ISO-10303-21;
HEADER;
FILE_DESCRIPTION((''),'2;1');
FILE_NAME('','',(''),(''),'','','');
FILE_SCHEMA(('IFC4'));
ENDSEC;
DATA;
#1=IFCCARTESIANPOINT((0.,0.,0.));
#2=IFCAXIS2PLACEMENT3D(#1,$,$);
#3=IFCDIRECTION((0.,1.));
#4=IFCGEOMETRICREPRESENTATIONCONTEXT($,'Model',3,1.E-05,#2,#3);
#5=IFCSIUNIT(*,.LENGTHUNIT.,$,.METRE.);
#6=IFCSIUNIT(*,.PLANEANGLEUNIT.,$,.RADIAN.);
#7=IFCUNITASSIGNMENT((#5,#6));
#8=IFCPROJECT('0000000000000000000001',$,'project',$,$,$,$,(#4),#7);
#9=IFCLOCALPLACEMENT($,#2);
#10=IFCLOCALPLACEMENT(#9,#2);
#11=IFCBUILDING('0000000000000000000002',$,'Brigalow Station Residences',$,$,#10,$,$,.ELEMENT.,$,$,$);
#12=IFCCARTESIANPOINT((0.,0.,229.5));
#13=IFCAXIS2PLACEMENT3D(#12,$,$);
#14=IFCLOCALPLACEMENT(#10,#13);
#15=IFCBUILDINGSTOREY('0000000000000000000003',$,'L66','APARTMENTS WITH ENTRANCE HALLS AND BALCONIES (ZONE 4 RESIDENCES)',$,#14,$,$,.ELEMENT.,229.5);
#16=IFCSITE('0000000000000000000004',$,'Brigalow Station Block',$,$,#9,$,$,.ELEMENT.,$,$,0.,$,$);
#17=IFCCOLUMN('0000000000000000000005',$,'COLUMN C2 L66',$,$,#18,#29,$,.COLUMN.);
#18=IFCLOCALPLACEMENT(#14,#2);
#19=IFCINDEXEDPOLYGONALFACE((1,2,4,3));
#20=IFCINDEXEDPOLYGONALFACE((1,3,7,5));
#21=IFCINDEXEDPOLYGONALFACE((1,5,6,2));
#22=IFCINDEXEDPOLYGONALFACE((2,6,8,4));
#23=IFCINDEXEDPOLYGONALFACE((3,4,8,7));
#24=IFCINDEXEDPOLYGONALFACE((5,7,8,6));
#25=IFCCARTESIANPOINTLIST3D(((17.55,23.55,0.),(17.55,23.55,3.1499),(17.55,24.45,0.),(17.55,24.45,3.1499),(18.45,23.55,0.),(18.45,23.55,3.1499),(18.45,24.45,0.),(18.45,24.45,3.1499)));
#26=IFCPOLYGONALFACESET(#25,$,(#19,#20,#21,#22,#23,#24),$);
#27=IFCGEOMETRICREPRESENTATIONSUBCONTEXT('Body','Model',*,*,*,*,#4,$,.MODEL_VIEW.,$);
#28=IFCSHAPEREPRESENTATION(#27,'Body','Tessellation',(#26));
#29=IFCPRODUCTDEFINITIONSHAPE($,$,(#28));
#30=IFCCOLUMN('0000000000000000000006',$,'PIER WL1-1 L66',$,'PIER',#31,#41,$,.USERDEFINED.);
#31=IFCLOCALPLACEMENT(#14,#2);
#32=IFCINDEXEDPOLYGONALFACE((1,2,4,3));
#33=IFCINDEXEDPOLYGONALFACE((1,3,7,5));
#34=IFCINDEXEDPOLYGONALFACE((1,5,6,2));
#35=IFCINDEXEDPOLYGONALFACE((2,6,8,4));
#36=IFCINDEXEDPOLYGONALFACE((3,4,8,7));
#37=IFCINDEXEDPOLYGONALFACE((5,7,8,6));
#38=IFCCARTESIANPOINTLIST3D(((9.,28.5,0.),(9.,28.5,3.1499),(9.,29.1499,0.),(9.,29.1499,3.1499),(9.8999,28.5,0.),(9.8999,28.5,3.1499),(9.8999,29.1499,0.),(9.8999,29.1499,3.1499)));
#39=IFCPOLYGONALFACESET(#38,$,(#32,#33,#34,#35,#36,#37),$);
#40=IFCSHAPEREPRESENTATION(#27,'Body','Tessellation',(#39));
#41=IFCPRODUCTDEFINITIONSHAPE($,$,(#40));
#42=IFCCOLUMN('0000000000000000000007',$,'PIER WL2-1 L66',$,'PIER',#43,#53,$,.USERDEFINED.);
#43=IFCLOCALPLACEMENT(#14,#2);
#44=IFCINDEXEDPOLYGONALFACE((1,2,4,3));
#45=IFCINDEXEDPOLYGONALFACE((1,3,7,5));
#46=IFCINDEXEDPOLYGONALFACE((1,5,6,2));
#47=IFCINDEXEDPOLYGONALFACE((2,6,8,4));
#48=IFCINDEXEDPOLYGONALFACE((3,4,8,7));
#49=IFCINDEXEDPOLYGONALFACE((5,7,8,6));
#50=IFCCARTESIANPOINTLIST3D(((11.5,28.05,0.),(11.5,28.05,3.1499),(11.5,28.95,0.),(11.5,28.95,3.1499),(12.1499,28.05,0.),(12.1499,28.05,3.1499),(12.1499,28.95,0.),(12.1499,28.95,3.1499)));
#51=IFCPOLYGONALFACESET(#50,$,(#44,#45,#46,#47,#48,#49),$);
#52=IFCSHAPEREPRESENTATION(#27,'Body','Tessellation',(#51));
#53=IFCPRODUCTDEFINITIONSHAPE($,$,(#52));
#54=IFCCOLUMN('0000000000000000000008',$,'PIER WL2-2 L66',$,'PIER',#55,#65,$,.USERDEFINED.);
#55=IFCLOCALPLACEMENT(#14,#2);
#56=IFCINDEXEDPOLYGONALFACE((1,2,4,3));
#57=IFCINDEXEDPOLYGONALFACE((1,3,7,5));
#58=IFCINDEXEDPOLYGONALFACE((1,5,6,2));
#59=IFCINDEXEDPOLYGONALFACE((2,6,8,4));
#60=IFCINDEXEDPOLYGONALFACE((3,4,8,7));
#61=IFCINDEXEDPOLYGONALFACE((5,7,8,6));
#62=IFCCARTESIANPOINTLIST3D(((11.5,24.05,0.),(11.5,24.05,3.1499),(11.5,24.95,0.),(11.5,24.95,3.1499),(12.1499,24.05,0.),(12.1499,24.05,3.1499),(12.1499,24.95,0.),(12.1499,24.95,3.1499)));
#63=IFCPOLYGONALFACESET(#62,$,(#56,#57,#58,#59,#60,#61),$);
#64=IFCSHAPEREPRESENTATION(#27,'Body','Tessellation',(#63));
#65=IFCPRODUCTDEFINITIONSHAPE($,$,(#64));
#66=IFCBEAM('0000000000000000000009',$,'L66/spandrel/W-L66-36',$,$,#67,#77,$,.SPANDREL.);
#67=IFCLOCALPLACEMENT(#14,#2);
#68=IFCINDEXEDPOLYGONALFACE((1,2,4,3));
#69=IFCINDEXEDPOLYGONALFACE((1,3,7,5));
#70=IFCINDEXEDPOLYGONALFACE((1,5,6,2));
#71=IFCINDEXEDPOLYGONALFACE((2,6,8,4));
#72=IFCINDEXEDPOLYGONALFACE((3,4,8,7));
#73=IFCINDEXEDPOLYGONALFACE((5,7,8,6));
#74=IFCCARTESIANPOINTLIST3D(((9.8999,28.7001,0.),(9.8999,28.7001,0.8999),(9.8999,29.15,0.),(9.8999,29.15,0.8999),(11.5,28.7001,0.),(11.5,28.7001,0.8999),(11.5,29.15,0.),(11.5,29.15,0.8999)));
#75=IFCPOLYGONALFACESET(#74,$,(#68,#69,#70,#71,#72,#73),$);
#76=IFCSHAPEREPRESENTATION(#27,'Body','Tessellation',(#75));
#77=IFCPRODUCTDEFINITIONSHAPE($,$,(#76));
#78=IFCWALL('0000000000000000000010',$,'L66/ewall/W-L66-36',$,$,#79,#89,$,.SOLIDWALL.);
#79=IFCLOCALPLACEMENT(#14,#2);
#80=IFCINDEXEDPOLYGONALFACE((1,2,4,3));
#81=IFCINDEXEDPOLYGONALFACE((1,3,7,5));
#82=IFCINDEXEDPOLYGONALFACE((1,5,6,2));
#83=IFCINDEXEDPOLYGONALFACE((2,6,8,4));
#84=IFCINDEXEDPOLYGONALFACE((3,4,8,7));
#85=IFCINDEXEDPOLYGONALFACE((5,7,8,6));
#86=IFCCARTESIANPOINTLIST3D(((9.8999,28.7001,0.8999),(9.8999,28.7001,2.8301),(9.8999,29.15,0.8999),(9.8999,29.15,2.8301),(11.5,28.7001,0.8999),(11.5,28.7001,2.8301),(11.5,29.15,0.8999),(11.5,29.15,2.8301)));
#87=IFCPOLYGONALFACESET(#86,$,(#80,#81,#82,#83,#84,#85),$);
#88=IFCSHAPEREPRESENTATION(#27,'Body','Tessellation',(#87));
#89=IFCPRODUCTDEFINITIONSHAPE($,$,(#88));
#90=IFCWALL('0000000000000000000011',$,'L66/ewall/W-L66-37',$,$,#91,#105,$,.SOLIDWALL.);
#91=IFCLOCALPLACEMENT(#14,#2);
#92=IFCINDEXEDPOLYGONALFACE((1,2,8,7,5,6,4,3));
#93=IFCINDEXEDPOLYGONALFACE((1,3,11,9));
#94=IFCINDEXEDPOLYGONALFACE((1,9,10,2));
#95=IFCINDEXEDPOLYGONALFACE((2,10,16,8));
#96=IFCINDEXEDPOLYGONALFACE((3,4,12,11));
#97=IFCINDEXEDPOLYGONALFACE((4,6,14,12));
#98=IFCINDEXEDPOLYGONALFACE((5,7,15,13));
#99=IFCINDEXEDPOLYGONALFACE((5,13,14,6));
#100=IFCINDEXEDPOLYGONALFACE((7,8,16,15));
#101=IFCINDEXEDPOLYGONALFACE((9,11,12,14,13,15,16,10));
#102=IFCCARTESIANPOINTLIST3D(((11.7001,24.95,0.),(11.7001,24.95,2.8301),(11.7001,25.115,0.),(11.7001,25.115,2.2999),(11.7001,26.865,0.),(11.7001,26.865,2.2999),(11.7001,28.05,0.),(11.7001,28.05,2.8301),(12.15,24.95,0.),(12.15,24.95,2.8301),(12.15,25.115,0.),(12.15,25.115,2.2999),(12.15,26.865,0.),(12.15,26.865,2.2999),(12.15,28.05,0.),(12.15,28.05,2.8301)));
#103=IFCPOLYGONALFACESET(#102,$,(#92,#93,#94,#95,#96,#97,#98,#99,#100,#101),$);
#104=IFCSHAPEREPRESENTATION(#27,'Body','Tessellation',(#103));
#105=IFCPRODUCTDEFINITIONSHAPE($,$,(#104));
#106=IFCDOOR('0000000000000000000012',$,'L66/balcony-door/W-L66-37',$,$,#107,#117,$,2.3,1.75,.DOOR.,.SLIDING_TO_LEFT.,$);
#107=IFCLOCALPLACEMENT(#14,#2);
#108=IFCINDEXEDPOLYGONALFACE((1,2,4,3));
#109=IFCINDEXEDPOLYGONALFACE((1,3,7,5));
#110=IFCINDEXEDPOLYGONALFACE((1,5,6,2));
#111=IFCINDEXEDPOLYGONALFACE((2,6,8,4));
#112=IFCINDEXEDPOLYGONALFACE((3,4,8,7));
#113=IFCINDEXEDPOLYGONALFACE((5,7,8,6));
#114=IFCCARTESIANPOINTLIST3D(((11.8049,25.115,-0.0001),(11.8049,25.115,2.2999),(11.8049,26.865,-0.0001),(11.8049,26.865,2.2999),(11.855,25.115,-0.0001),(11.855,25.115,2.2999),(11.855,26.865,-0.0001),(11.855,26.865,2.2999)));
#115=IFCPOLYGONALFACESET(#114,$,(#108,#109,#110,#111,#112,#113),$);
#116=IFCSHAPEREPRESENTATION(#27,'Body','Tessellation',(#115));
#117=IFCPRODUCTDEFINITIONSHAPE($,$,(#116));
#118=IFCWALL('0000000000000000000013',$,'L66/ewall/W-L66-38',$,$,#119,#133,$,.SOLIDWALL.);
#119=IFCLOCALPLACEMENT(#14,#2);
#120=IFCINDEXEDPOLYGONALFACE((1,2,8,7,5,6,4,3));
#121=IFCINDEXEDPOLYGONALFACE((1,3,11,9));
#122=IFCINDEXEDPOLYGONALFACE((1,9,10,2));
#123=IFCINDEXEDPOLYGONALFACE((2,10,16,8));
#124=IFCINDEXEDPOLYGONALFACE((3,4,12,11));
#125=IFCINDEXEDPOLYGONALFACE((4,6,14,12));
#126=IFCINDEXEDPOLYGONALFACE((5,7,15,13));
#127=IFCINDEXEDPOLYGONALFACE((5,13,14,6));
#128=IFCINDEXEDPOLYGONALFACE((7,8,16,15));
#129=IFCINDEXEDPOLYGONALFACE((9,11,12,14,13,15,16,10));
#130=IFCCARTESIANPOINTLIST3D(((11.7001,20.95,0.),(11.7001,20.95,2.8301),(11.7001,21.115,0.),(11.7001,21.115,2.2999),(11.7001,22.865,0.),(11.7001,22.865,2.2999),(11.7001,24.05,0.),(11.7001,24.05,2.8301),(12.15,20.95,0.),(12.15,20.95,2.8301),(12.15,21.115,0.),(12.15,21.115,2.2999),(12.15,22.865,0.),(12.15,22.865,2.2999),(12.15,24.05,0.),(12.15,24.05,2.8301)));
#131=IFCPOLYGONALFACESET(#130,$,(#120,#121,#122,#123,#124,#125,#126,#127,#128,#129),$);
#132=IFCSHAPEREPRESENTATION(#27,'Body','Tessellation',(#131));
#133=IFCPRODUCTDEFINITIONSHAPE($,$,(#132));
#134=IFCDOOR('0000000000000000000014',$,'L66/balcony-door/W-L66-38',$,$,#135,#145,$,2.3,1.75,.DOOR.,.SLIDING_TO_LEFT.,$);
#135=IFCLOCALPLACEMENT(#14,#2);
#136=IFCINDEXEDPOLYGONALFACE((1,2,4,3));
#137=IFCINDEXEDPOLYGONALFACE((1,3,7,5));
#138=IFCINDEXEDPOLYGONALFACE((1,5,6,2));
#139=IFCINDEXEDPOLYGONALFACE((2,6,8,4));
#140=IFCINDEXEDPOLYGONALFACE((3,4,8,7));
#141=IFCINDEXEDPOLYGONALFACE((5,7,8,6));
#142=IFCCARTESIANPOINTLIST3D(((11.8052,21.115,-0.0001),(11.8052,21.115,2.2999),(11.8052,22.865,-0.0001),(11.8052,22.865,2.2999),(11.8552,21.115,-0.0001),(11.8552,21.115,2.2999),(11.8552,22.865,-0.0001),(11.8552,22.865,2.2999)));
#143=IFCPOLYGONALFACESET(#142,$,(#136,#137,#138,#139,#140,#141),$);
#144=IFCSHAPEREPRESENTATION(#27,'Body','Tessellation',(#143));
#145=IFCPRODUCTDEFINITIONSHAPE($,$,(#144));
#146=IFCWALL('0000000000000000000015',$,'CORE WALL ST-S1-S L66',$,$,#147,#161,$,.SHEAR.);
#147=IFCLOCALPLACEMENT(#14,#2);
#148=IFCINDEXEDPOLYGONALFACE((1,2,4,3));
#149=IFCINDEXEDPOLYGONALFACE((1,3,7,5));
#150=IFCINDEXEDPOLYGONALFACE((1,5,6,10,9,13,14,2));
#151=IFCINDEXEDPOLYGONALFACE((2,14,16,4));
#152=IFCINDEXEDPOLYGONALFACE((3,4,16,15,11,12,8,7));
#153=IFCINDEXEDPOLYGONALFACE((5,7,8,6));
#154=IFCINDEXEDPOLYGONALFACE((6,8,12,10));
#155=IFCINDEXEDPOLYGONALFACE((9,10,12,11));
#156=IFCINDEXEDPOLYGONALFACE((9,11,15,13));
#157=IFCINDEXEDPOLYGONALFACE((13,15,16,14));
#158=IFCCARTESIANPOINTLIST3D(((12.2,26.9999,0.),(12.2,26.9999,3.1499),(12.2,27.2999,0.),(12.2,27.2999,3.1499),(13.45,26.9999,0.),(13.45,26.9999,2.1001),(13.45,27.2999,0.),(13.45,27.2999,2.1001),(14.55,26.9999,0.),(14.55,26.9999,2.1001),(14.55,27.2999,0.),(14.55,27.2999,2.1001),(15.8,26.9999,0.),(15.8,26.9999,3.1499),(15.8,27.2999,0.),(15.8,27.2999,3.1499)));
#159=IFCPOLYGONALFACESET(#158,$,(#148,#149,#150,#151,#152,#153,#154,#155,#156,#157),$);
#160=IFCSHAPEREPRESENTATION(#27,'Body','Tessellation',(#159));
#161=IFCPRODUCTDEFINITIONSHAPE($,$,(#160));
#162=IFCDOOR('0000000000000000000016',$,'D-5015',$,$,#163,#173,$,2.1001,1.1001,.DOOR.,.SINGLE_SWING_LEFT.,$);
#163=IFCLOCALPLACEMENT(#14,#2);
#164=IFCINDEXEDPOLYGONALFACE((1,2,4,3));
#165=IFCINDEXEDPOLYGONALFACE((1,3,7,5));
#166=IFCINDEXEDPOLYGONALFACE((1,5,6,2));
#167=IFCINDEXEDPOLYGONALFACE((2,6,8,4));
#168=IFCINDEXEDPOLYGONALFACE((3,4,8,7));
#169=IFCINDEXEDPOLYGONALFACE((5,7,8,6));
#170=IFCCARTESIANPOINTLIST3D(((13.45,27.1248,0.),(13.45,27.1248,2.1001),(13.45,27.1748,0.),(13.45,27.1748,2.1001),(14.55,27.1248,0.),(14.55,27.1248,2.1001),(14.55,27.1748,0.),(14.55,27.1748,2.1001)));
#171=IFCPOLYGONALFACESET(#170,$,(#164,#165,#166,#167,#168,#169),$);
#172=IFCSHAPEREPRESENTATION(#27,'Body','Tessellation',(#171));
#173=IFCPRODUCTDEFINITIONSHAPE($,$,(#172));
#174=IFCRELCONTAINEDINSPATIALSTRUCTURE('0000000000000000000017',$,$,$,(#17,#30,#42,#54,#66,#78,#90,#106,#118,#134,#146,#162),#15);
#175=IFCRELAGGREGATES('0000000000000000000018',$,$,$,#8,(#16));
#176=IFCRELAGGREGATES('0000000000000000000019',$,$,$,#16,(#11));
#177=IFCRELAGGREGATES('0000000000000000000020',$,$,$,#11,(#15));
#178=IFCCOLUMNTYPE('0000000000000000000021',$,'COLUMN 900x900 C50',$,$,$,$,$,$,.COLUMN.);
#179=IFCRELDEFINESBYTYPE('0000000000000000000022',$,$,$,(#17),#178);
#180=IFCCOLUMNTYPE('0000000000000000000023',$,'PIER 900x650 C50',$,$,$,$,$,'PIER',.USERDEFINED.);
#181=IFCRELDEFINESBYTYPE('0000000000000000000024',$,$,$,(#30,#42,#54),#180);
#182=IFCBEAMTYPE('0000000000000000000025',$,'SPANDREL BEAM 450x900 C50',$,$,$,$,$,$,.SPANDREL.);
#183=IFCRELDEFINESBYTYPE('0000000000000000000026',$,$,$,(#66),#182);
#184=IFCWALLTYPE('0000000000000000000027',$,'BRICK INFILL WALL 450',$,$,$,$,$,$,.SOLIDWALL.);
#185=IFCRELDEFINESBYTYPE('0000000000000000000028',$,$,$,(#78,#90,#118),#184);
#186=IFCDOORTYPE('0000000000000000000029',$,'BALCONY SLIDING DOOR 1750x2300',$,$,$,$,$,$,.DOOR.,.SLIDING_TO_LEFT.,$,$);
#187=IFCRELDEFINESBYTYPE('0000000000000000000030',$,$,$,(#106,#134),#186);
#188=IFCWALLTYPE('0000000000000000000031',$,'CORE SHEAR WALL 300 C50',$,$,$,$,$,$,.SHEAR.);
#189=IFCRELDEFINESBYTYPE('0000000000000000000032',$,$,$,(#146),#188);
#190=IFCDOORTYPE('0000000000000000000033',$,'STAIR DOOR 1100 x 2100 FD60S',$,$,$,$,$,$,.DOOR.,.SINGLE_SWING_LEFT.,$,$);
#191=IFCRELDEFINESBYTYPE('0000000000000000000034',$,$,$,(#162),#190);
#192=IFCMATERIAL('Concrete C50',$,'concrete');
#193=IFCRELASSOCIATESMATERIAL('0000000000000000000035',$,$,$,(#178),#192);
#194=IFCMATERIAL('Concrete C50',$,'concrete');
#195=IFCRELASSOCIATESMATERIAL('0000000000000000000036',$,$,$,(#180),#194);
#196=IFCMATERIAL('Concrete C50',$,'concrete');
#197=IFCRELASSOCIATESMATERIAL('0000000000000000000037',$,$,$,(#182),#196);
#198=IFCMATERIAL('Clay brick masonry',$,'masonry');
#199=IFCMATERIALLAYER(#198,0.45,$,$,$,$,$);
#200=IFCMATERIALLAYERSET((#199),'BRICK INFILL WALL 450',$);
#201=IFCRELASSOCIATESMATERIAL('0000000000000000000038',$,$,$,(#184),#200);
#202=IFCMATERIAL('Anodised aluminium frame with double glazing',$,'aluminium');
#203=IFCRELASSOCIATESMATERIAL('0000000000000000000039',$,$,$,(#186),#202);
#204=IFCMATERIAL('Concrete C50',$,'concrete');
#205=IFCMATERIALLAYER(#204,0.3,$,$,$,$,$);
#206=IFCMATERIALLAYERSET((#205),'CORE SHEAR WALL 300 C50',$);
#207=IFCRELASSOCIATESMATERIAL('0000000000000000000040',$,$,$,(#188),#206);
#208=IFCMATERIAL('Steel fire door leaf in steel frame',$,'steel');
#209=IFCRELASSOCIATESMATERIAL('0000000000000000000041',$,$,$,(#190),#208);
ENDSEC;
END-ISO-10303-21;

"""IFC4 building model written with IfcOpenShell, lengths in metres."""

from ifc_helpers import new_model, si_unit, direction, frame, frame_2d, origin, origin_2d, place, context, subcontext, project, spatial, rectangle, extrude, material, layer, layer_set, material_profile, profile_set, type_object, element, fill, save


model = new_model("IFC4")

# Units and contexts
model_context = context("Model", 3, precision=1e-05, world=origin(), true_north=direction((0.0, 1.0)))
body_context = subcontext(model_context, "Body", "Model", "MODEL_VIEW")
ifc_project = project(units=[si_unit("LENGTHUNIT", "METRE"), si_unit("PLANEANGLEUNIT", "RADIAN")], contexts=[model_context])

# Site, building, storey
site_placement = place(None, origin())
site = spatial("IfcSite", under=ifc_project, at=site_placement, Name="Brigalow Station Block", CompositionType="ELEMENT", RefElevation=0.0)
building_placement = place(site_placement, origin())
building = spatial("IfcBuilding", under=site, at=building_placement, Name="Brigalow Station Residences", CompositionType="ELEMENT")
storey_placement = place(building_placement, frame((0.0, 0.0, 229.5)))
storey = spatial("IfcBuildingStorey", under=building, at=storey_placement, Name="L66", Description="APARTMENTS WITH ENTRANCE HALLS AND BALCONIES (ZONE 4 RESIDENCES)", CompositionType="ELEMENT", Elevation=229.5)

# Columns
ifc_material_1 = material(Name="Concrete C50", Category="concrete")
ifc_material_profile_1 = material_profile(ifc_material_1, rectangle(XDim=0.8999, YDim=0.8999, at=origin_2d()), Name="RC900x900")
ifc_profile_set_1 = profile_set([ifc_material_profile_1], Name="Concrete C50")
column_type_1 = type_object("IfcColumnType", Name="COLUMN 900x900 C50", PredefinedType="COLUMN", material=ifc_profile_set_1)
column_placement = place(storey_placement, frame((18.0, 24.0, 0.0), z_axis=(0.0, 0.0, 1.0), x_axis=(1.0, 0.0, 0.0)))
element("IfcColumn", 1, at=column_placement, inside=storey, type_object=column_type_1, Name="COLUMN C2 L66", PredefinedType="COLUMN", context=body_context, shape_type="SweptSolid", body=[
    extrude(rectangle(XDim=0.8999, YDim=0.8999, at=origin_2d()), origin(), (0.0, 0.0, 1.0), 3.1499),
])
ifc_material_2 = material(Name="Concrete C50", Category="concrete")
ifc_material_profile_2 = material_profile(ifc_material_2, rectangle(XDim=0.8999, YDim=0.6499, at=origin_2d()), Name="RC900x650")
ifc_profile_set_2 = profile_set([ifc_material_profile_2], Name="Concrete C50")
column_type_2 = type_object("IfcColumnType", Name="PIER 900x650 C50", ElementType="PIER", PredefinedType="USERDEFINED", material=ifc_profile_set_2)
for number, where, z_axis, x_axis, name in (
    (2, (9.45, 28.825, 0.0), (0.0, 0.0, 1.0), (1.0, 0.0, 0.0), "PIER WL1-1 L66"),
    (3, (11.825, 28.5, 0.0), (0.0, 0.0, 1.0), (0.0, -1.0, 0.0), "PIER WL2-1 L66"),
    (4, (11.825, 24.5, 0.0), (0.0, 0.0, 1.0), (0.0, -1.0, 0.0), "PIER WL2-2 L66"),
):
    element("IfcColumn", number, at=place(storey_placement, frame(where, z_axis=z_axis, x_axis=x_axis)), inside=storey, type_object=column_type_2, Name=name, ObjectType="PIER", PredefinedType="USERDEFINED", context=body_context, shape_type="SweptSolid", body=[
        extrude(rectangle(XDim=0.8999, YDim=0.6499, at=origin_2d()), origin(), (0.0, 0.0, 1.0), 3.1499),
    ])

# Beam
ifc_material_3 = material(Name="Concrete C50", Category="concrete")
ifc_material_profile_3 = material_profile(ifc_material_3, rectangle(XDim=0.45, YDim=0.8999, at=origin_2d()), Name="RC450x900")
ifc_profile_set_3 = profile_set([ifc_material_profile_3], Name="Concrete C50")
beam_type = type_object("IfcBeamType", Name="SPANDREL BEAM 450x900 C50", PredefinedType="SPANDREL", material=ifc_profile_set_3)
beam_placement = place(storey_placement, frame((9.8999, 28.925, 0.45), z_axis=(1.0, 0.0, 0.0), x_axis=(0.0, 1.0, 0.0)))
element("IfcBeam", 5, at=beam_placement, inside=storey, type_object=beam_type, Name="L66/spandrel/W-L66-36", PredefinedType="SPANDREL", context=body_context, shape_type="SweptSolid", body=[
    extrude(rectangle(XDim=0.45, YDim=0.8999, at=origin_2d()), origin(), (0.0, 0.0, 1.0), 1.6001),
])

# Wall
ifc_material_4 = material(Name="Clay brick masonry", Category="masonry")
ifc_layer_1 = layer(ifc_material_4, 0.45)
ifc_layer_set_1 = layer_set([ifc_layer_1], Name="BRICK INFILL WALL 450")
wall_type_1 = type_object("IfcWallType", Name="BRICK INFILL WALL 450", PredefinedType="SOLIDWALL", material=ifc_layer_set_1)
wall_1_placement = place(storey_placement, frame((9.8999, 28.925, 0.8999), z_axis=(0.0, 0.0, 1.0), x_axis=(1.0, 0.0, 0.0)))
element("IfcWall", 6, at=wall_1_placement, inside=storey, type_object=wall_type_1, Name="L66/ewall/W-L66-36", PredefinedType="SOLIDWALL", context=body_context, shape_type="SweptSolid", body=[
    extrude(rectangle(XDim=1.6001, YDim=0.45, at=frame_2d((0.8, 0.0))), origin(), (0.0, 0.0, 1.0), 1.9302),
])

# Walls, openings, doors
wall_2_placement = place(storey_placement, frame((11.925, 28.05, 0.0), z_axis=(0.0, 0.0, 1.0), x_axis=(0.0, -1.0, 0.0)))
wall_2 = element("IfcWall", 7, at=wall_2_placement, inside=storey, type_object=wall_type_1, Name="L66/ewall/W-L66-37", PredefinedType="SOLIDWALL", context=body_context, shape_type="SweptSolid", body=[
    extrude(rectangle(XDim=3.1001, YDim=0.45, at=frame_2d((1.55, 0.0))), origin(), (0.0, 0.0, 1.0), 2.8301),
])
opening_1_placement = place(wall_2_placement, frame((1.1851, 0.0, 0.0)))
opening_1 = element("IfcOpeningElement", 8, at=opening_1_placement, cuts=wall_2, PredefinedType="OPENING", context=body_context, shape_type="SweptSolid", body=[
    extrude(rectangle(XDim=1.75, YDim=2.3, at=frame_2d((0.875, 1.1499))), frame((0.0, 0.2349, 0.0), z_axis=(0.0, -1.0, 0.0), x_axis=(1.0, 0.0, 0.0)), (0.0, 0.0, 1.0), 0.47),
])
ifc_material_5 = material(Name="Anodised aluminium frame with double glazing", Category="aluminium")
door_type_1 = type_object("IfcDoorType", Name="BALCONY SLIDING DOOR 1750x2300", OperationType="SLIDING_TO_LEFT", PredefinedType="DOOR", material=ifc_material_5)
door_1_placement = place(opening_1_placement, frame((1.75, -0.1899, 0.0), z_axis=(0.0, 0.0, 1.0), x_axis=(-1.0, 0.0, 0.0)))
door_1 = element("IfcDoor", 9, at=door_1_placement, inside=storey, type_object=door_type_1, Name="L66/balcony-door/W-L66-37", OperationType="SLIDING_TO_LEFT", OverallHeight=2.3, OverallWidth=1.75, PredefinedType="DOOR", context=body_context, shape_type="SweptSolid", body=[
    extrude(rectangle(XDim=1.75, YDim=2.3, at=frame_2d((0.875, 1.1499))), frame((0.0, -0.0698, 0.0), z_axis=(0.0, -1.0, 0.0), x_axis=(1.0, 0.0, 0.0)), (0.0, 0.0, 1.0), 0.05),
])
fill(opening_1, door_1)
wall_3_placement = place(storey_placement, frame((11.925, 24.05, 0.0), z_axis=(0.0, 0.0, 1.0), x_axis=(0.0, -1.0, 0.0)))
wall_3 = element("IfcWall", 10, at=wall_3_placement, inside=storey, type_object=wall_type_1, Name="L66/ewall/W-L66-38", PredefinedType="SOLIDWALL", context=body_context, shape_type="SweptSolid", body=[
    extrude(rectangle(XDim=3.1001, YDim=0.45, at=frame_2d((1.55, 0.0))), origin(), (0.0, 0.0, 1.0), 2.8301),
])
opening_2_placement = place(wall_3_placement, frame((1.1851, 0.0, 0.0)))
opening_2 = element("IfcOpeningElement", 11, at=opening_2_placement, cuts=wall_3, PredefinedType="OPENING", context=body_context, shape_type="SweptSolid", body=[
    extrude(rectangle(XDim=1.75, YDim=2.3, at=frame_2d((0.875, 1.1499))), frame((0.0, 0.2349, 0.0), z_axis=(0.0, -1.0, 0.0), x_axis=(1.0, 0.0, 0.0)), (0.0, 0.0, 1.0), 0.47),
])
door_2_placement = place(opening_2_placement, origin())
door_2 = element("IfcDoor", 12, at=door_2_placement, inside=storey, type_object=door_type_1, Name="L66/balcony-door/W-L66-38", OperationType="SLIDING_TO_LEFT", OverallHeight=2.3, OverallWidth=1.75, PredefinedType="DOOR", context=body_context, shape_type="SweptSolid", body=[
    extrude(rectangle(XDim=1.75, YDim=2.3, at=frame_2d((0.875, 1.1499))), frame((0.0, -0.0698, 0.0), z_axis=(0.0, -1.0, 0.0), x_axis=(1.0, 0.0, 0.0)), (0.0, 0.0, 1.0), 0.05),
])
fill(opening_2, door_2)
ifc_material_6 = material(Name="Concrete C50", Category="concrete")
ifc_layer_2 = layer(ifc_material_6, 0.3)
ifc_layer_set_2 = layer_set([ifc_layer_2], Name="CORE SHEAR WALL 300 C50")
wall_type_2 = type_object("IfcWallType", Name="CORE SHEAR WALL 300 C50", PredefinedType="SHEAR", material=ifc_layer_set_2)
wall_4_placement = place(storey_placement, frame((12.2, 27.1499, 0.0), z_axis=(0.0, 0.0, 1.0), x_axis=(1.0, 0.0, 0.0)))
wall_4 = element("IfcWall", 13, at=wall_4_placement, inside=storey, type_object=wall_type_2, Name="CORE WALL ST-S1-S L66", PredefinedType="SHEAR", context=body_context, shape_type="SweptSolid", body=[
    extrude(rectangle(XDim=3.6001, YDim=0.3, at=frame_2d((1.8, 0.0))), origin(), (0.0, 0.0, 1.0), 3.1499),
])
opening_3_placement = place(wall_4_placement, frame((1.25, 0.0, 0.0)))
opening_3 = element("IfcOpeningElement", 14, at=opening_3_placement, cuts=wall_4, PredefinedType="OPENING", context=body_context, shape_type="SweptSolid", body=[
    extrude(rectangle(XDim=1.1001, YDim=2.1001, at=frame_2d((0.55, 1.05))), frame((0.0, 0.1602, 0.0), z_axis=(0.0, -1.0, 0.0), x_axis=(1.0, 0.0, 0.0)), (0.0, 0.0, 1.0), 0.3201),
])
ifc_material_7 = material(Name="Steel fire door leaf in steel frame", Category="steel")
door_type_2 = type_object("IfcDoorType", Name="STAIR DOOR 1100 x 2100 FD60S", OperationType="SINGLE_SWING_LEFT", PredefinedType="DOOR", material=ifc_material_7)
door_3_placement = place(opening_3_placement, origin())
door_3 = element("IfcDoor", 15, at=door_3_placement, inside=storey, type_object=door_type_2, Name="D-5015", OperationType="SINGLE_SWING_LEFT", OverallHeight=2.1001, OverallWidth=1.1001, PredefinedType="DOOR", context=body_context, shape_type="SweptSolid", body=[
    extrude(rectangle(XDim=1.1001, YDim=2.1001, at=frame_2d((0.55, 1.05))), frame((0.0, 0.0249, 0.0), z_axis=(0.0, -1.0, 0.0), x_axis=(1.0, 0.0, 0.0)), (0.0, 0.0, 1.0), 0.05),
])
fill(opening_3, door_3)

save(model, "model.ifc")
